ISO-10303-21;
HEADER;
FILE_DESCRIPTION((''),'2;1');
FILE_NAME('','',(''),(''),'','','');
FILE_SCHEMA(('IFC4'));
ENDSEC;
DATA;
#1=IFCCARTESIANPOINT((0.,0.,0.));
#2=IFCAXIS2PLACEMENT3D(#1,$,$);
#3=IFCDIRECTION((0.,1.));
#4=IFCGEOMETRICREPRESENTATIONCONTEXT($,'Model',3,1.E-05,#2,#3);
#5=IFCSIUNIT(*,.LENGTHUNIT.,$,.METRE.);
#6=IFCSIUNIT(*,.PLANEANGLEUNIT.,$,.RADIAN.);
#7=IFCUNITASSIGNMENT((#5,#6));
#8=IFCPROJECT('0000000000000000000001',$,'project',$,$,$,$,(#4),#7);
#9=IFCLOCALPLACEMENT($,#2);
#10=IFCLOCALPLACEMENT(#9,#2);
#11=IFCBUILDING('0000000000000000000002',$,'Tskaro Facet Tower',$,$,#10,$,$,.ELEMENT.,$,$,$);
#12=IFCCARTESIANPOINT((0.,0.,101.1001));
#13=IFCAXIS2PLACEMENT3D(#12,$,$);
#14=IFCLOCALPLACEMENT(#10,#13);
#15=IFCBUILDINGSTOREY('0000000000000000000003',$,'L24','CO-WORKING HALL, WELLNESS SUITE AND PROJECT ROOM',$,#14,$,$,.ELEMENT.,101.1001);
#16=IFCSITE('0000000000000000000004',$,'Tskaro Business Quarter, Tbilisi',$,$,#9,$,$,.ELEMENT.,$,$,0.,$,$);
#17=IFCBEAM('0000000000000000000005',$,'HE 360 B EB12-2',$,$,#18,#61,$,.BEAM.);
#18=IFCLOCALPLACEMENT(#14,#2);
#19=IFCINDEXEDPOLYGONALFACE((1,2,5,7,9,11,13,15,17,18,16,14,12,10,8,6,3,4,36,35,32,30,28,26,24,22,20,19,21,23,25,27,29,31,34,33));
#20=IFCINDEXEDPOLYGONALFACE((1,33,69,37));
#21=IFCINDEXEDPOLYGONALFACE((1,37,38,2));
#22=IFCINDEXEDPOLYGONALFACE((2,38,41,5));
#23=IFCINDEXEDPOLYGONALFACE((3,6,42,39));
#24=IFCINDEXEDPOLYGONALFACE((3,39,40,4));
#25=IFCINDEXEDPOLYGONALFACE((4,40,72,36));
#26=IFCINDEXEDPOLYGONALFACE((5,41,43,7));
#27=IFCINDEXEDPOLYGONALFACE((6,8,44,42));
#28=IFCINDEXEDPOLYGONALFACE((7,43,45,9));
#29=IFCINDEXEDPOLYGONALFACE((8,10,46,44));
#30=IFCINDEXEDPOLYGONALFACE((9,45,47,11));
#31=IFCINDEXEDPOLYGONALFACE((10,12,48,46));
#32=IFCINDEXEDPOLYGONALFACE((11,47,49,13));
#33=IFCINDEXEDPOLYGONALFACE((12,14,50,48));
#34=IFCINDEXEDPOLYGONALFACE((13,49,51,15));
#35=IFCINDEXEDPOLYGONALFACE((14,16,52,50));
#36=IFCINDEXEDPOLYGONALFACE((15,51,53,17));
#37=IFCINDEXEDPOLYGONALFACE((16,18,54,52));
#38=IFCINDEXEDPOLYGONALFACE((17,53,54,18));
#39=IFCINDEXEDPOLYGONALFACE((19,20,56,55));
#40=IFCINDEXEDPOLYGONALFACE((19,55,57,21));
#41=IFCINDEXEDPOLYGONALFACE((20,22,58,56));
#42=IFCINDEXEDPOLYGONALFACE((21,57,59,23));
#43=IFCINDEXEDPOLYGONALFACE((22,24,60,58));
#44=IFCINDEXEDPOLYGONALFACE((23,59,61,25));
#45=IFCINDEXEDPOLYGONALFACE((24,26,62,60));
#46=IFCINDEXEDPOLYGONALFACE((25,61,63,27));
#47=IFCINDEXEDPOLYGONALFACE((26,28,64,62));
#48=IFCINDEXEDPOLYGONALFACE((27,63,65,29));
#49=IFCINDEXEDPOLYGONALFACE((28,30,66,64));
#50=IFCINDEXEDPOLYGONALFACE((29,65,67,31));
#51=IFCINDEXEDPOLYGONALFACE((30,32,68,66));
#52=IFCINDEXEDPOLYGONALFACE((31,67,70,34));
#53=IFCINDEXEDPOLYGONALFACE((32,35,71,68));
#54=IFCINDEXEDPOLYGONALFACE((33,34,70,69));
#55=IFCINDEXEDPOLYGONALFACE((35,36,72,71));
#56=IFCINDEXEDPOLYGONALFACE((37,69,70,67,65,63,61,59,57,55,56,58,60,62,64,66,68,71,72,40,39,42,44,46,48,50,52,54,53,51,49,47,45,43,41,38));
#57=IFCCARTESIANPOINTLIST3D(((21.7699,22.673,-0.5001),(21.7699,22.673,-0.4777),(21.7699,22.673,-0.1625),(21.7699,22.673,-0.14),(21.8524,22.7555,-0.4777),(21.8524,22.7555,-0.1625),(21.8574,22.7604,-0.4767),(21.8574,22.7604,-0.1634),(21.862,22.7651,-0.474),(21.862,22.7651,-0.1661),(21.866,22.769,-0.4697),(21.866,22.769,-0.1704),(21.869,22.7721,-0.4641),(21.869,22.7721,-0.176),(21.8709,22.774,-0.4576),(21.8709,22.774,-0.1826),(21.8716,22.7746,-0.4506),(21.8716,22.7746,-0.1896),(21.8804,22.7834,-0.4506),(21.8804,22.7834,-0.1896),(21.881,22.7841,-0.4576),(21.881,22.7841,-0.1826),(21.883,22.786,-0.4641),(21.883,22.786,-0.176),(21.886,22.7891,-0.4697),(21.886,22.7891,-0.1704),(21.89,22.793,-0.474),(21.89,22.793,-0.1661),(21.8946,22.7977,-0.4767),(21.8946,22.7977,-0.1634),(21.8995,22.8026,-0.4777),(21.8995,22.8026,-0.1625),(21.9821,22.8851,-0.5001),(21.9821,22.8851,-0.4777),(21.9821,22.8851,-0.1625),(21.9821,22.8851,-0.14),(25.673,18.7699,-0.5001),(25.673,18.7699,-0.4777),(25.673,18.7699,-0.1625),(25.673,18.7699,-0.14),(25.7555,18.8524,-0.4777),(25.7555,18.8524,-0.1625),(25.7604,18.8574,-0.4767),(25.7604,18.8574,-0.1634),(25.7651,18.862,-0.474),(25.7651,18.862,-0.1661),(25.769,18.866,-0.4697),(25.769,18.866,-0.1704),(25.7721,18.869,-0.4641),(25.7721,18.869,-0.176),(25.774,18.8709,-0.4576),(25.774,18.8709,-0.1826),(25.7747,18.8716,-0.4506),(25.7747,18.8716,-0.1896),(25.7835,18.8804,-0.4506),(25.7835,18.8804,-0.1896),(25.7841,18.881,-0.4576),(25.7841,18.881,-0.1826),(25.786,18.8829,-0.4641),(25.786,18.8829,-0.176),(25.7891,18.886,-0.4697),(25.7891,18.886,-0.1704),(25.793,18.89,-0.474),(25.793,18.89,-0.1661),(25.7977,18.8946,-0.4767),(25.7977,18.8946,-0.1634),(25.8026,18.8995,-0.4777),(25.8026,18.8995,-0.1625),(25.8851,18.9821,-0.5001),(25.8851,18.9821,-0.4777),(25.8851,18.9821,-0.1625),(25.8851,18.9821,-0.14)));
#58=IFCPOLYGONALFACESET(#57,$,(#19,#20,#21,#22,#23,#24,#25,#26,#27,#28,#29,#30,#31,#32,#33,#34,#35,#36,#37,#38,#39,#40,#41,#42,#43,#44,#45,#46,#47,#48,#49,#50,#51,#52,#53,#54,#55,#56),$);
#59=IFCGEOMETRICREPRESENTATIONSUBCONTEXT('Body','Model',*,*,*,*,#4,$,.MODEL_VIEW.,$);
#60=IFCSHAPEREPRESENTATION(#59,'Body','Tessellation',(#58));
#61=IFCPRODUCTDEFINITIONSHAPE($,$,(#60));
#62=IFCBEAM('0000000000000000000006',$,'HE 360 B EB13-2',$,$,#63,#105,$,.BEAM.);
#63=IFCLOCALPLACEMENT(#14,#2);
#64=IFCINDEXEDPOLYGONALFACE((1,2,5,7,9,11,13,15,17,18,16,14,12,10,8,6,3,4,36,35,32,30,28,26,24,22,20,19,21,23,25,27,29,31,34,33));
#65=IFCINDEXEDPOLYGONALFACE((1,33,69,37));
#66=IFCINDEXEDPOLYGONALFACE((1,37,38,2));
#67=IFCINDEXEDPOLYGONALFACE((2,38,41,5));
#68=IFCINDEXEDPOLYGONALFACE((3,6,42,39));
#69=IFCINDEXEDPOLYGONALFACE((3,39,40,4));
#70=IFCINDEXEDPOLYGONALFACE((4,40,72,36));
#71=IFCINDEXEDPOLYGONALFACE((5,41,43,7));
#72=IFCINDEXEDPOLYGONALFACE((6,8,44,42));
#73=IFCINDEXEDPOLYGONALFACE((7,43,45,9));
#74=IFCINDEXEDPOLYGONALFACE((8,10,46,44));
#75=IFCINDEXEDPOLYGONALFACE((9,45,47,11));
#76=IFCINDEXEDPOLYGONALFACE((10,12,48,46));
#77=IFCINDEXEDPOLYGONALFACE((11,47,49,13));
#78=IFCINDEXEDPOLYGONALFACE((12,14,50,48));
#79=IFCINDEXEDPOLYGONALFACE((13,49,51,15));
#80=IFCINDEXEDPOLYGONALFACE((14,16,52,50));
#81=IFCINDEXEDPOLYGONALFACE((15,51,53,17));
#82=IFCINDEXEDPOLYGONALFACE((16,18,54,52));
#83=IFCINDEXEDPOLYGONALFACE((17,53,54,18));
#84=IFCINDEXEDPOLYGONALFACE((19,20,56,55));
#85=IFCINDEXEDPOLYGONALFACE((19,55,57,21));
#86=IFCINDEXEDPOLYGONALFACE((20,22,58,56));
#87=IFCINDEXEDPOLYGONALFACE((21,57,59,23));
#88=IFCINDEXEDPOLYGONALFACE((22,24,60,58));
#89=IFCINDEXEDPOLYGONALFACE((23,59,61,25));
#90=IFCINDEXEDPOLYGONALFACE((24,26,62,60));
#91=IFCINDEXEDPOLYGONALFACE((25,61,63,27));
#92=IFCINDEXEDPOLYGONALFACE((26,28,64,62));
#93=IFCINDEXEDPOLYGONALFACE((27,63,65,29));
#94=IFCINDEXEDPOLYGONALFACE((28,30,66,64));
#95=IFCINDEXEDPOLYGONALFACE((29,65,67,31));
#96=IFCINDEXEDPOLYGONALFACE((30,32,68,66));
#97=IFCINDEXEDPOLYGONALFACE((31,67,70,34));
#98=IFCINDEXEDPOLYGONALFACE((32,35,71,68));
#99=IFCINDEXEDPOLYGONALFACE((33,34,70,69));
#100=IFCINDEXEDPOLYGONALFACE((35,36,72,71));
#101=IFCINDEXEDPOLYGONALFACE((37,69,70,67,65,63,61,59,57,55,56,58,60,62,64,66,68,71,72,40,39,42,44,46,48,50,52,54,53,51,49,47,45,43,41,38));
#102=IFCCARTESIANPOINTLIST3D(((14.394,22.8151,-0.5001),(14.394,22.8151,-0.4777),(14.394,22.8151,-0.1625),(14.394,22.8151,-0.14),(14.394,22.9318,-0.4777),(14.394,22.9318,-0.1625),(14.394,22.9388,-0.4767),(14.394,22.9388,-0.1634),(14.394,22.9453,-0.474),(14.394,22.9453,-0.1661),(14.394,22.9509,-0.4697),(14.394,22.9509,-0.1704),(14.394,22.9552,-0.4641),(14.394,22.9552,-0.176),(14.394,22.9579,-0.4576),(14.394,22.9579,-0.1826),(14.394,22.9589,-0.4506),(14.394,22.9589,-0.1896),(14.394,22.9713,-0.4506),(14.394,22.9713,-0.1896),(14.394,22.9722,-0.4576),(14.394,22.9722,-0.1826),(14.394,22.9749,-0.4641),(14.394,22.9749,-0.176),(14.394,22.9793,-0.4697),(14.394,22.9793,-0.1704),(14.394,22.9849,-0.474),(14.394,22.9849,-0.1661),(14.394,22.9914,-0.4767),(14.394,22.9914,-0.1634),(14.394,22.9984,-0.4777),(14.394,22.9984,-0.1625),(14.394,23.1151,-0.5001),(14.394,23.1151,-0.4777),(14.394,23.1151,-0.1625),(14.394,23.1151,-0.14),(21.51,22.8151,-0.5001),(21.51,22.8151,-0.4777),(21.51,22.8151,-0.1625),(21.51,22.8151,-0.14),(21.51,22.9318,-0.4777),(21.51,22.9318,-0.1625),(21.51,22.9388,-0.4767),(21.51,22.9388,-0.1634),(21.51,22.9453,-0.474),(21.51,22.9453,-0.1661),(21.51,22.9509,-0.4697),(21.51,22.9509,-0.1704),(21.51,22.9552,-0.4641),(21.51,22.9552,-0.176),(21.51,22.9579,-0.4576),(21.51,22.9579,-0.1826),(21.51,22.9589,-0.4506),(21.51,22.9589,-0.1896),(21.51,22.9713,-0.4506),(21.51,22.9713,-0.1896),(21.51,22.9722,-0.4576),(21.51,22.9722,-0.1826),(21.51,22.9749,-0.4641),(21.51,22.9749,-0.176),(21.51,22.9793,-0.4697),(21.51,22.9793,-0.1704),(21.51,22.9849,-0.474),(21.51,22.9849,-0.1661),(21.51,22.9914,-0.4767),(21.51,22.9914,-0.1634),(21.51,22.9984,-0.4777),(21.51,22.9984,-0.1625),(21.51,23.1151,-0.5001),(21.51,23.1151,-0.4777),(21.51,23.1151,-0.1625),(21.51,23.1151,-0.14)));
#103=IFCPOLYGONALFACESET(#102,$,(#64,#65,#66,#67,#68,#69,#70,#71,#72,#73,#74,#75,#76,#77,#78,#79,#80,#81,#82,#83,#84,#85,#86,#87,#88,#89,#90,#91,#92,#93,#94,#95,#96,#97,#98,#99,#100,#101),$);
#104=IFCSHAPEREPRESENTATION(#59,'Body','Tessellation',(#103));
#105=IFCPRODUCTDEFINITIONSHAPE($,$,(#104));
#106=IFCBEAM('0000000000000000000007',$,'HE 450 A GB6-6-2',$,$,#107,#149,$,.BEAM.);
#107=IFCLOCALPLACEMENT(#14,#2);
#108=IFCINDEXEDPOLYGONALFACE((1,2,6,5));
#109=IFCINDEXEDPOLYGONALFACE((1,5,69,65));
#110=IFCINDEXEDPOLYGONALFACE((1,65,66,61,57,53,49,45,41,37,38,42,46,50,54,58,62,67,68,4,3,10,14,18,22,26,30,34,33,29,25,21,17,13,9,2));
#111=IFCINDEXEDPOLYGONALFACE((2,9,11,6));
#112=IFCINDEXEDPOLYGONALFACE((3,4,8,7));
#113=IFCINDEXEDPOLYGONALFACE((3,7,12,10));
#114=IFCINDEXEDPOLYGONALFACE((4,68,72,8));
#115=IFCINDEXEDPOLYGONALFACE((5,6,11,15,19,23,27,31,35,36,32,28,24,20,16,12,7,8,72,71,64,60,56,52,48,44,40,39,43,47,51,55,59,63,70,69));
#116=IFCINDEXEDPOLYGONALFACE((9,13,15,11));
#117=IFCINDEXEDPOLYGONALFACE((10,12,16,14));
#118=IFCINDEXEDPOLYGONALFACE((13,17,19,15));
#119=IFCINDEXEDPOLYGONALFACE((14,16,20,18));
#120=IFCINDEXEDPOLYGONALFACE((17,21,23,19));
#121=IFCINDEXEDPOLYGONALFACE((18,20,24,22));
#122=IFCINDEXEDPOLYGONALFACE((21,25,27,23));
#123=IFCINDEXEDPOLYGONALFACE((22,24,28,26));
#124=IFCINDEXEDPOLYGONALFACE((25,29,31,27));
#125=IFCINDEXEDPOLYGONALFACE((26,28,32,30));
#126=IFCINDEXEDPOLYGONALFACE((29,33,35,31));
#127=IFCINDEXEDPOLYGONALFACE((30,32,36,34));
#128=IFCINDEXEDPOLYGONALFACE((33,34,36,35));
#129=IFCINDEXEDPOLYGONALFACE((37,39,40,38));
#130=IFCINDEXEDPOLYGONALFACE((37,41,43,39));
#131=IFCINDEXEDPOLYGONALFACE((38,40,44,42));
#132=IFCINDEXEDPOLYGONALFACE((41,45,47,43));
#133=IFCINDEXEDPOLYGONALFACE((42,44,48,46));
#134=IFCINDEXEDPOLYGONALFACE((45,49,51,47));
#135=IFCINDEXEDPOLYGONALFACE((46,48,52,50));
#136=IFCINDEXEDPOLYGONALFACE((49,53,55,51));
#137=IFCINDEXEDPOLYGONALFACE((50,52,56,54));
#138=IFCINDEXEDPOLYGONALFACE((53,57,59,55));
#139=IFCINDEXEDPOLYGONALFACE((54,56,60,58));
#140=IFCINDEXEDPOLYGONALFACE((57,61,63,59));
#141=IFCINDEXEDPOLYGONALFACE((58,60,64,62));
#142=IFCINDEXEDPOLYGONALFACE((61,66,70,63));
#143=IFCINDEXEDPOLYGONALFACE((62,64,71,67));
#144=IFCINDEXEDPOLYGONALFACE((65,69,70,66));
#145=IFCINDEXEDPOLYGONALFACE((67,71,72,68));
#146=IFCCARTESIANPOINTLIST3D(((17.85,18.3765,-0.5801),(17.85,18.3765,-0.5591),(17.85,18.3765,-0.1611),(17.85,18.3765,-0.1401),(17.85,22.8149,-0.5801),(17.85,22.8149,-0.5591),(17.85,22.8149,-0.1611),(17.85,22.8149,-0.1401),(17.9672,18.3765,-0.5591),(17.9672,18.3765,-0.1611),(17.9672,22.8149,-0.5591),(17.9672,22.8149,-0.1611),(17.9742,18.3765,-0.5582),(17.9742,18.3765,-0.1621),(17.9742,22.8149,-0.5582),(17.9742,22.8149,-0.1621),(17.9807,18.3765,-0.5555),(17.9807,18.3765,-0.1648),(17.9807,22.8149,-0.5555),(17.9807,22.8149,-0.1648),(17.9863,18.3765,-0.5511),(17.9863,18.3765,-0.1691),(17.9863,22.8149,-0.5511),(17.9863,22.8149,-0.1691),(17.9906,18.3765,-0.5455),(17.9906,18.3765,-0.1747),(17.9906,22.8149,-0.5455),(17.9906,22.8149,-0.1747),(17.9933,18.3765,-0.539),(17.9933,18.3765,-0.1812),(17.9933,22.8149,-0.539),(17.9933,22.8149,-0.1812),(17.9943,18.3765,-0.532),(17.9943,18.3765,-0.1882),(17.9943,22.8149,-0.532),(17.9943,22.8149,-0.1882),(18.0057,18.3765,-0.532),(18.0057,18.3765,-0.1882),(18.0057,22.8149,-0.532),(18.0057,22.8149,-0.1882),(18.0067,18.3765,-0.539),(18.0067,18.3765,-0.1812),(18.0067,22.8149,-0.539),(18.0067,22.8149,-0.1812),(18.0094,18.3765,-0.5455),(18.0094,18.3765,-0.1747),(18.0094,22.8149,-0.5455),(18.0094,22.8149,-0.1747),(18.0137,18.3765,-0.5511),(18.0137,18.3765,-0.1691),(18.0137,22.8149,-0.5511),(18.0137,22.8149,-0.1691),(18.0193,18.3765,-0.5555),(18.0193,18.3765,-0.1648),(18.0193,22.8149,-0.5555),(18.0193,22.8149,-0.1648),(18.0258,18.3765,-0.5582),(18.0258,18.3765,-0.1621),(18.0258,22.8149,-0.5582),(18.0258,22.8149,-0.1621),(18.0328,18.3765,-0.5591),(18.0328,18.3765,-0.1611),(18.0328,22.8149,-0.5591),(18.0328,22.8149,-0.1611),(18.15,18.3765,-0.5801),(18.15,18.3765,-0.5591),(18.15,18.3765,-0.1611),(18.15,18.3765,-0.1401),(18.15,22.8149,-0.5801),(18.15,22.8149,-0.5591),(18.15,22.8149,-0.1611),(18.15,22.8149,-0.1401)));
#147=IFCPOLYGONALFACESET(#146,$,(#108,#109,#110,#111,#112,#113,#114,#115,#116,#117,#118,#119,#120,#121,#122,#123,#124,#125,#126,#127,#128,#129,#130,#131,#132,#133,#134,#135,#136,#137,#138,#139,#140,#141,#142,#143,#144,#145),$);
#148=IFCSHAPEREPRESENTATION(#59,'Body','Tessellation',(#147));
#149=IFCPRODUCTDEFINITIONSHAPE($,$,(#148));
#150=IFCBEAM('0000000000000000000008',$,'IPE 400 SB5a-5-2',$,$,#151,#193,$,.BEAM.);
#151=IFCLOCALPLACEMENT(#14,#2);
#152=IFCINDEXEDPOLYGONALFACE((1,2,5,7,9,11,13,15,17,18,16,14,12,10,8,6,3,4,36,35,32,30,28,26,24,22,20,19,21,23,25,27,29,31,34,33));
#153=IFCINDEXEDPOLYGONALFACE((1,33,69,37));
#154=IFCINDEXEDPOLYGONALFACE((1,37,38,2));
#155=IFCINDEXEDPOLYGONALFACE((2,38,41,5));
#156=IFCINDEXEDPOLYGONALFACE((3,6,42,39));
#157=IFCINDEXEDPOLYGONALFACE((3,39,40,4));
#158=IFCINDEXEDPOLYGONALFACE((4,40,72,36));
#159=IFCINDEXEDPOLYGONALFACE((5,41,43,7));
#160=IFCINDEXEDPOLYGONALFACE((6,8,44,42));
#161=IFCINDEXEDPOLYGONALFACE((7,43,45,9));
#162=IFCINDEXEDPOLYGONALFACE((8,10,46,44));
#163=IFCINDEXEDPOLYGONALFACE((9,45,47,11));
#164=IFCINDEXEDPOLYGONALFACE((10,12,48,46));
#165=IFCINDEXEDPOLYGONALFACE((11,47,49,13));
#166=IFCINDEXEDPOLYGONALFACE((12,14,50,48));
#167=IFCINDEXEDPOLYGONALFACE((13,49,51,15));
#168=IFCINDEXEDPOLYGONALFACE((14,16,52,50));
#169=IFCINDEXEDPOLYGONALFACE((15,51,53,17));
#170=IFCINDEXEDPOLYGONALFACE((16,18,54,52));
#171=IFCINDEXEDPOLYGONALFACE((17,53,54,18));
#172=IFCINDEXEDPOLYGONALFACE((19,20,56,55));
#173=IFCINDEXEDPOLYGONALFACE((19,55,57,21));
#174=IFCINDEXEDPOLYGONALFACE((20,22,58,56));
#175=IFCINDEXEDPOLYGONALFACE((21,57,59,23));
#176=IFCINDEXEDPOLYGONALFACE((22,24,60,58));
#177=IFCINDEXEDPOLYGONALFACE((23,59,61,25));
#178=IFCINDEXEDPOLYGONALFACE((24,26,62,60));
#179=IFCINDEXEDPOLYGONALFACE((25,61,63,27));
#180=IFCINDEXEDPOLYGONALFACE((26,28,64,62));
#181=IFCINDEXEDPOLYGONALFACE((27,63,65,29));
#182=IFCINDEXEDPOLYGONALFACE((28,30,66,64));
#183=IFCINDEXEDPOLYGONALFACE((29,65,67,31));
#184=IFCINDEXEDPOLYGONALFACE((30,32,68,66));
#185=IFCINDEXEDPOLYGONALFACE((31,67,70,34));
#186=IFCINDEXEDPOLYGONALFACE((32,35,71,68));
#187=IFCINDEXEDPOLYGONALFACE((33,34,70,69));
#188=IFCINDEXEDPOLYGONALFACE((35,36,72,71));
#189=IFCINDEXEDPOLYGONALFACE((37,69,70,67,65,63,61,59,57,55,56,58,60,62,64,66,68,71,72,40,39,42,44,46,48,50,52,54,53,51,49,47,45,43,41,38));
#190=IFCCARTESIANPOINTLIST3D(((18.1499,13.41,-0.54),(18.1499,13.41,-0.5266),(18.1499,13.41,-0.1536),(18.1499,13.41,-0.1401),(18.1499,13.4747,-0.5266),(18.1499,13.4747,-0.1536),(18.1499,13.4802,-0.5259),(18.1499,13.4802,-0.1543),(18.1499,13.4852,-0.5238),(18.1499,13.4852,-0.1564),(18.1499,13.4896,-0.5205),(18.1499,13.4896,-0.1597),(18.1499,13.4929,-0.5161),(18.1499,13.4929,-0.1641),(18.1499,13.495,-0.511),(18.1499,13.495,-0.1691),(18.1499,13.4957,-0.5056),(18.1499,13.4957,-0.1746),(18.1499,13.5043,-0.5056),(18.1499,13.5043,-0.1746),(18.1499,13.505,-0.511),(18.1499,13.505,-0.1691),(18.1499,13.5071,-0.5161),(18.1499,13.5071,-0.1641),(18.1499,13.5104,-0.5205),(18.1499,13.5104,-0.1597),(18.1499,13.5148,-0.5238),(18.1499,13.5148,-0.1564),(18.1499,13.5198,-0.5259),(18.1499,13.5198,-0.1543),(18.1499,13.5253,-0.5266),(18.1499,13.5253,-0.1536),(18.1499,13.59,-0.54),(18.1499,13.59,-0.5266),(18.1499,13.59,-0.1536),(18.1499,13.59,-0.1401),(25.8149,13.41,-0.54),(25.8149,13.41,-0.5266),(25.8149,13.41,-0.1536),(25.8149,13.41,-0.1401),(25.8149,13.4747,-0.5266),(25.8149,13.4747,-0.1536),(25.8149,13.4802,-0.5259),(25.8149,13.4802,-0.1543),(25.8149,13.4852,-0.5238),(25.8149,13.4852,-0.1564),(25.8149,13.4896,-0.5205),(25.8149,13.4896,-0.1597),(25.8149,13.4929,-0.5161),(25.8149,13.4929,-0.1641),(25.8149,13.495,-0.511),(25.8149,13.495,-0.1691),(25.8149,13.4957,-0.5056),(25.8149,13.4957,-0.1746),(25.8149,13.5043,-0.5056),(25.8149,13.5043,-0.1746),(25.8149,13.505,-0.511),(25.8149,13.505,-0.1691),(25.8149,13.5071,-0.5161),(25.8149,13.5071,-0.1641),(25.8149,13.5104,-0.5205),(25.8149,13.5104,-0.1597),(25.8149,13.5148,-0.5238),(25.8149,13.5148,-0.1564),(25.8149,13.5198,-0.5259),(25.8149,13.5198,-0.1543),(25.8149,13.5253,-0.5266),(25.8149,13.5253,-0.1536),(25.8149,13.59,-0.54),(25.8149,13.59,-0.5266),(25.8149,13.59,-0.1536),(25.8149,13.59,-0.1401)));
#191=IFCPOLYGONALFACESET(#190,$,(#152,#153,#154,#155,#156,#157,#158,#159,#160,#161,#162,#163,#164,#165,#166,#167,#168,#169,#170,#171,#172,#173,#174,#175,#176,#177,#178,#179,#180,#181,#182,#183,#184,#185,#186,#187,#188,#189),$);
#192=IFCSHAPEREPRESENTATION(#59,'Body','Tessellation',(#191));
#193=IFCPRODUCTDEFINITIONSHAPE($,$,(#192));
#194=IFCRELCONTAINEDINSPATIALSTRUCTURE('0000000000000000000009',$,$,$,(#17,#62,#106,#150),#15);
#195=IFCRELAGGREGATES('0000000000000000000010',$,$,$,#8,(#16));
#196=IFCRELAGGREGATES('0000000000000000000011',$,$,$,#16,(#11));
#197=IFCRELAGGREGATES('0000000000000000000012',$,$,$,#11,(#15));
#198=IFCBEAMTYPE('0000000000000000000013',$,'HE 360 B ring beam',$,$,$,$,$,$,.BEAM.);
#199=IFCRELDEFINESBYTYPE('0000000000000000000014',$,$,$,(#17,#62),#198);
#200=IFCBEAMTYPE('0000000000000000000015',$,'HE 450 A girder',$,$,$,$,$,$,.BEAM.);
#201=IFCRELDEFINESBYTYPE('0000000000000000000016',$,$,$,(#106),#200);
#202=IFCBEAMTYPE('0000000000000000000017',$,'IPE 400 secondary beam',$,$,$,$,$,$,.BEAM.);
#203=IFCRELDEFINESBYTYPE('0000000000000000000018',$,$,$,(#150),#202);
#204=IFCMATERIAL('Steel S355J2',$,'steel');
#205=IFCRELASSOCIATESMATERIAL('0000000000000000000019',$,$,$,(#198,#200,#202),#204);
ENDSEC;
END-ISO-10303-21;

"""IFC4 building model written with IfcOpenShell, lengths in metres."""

from ifc_helpers import new_model, si_unit, direction, frame, origin, origin_2d, place, context, subcontext, project, spatial, i_section, extrude, material, material_profile, profile_set, type_object, element, save


model = new_model("IFC4")

# Units and contexts
model_context = context("Model", 3, precision=1e-05, world=origin(), true_north=direction((0.0, 1.0)))
body_context = subcontext(model_context, "Body", "Model", "MODEL_VIEW")
ifc_project = project(units=[si_unit("LENGTHUNIT", "METRE"), si_unit("PLANEANGLEUNIT", "RADIAN")], contexts=[model_context])

# Site, building, storey
site_placement = place(None, origin())
site = spatial("IfcSite", under=ifc_project, at=site_placement, Name="Tskaro Business Quarter, Tbilisi", CompositionType="ELEMENT", RefElevation=0.0)
building_placement = place(site_placement, origin())
building = spatial("IfcBuilding", under=site, at=building_placement, Name="Tskaro Facet Tower", CompositionType="ELEMENT")
storey_placement = place(building_placement, frame((0.0, 0.0, 101.1001)))
storey = spatial("IfcBuildingStorey", under=building, at=storey_placement, Name="L24", Description="CO-WORKING HALL, WELLNESS SUITE AND PROJECT ROOM", CompositionType="ELEMENT", Elevation=101.1001)

# Beams
ifc_material_1 = material(Name="Steel S355J2", Category="steel")
ifc_material_profile_1 = material_profile(ifc_material_1, i_section(OverallWidth=0.3, OverallDepth=0.3601, WebThickness=0.0125, FlangeThickness=0.0225, FilletRadius=0.0271, at=origin_2d()), Name="HE 360 B")
ifc_profile_set_1 = profile_set([ifc_material_profile_1], Name="Steel S355J2")
beam_type_1 = type_object("IfcBeamType", Name="HE 360 B ring beam", PredefinedType="BEAM", material=ifc_profile_set_1)
beam_1_placement = place(storey_placement, frame((25.7791, 18.876, -0.3201), z_axis=(-0.707107, 0.707107, 0.0), x_axis=(-0.707107, -0.707107, 0.0)))
element("IfcBeam", 1, at=beam_1_placement, inside=storey, type_object=beam_type_1, Name="HE 360 B EB12-2", PredefinedType="BEAM", context=body_context, shape_type="SweptSolid", body=[
    extrude(i_section(OverallWidth=0.3, OverallDepth=0.3601, WebThickness=0.0125, FlangeThickness=0.0225, FilletRadius=0.0271, at=origin_2d()), origin(), (0.0, 0.0, 1.0), 5.5198),
])
beam_2_placement = place(storey_placement, frame((21.51, 22.9651, -0.3201), z_axis=(-1.0, 0.0, 0.0), x_axis=(0.0, -1.0, 0.0)))
element("IfcBeam", 2, at=beam_2_placement, inside=storey, type_object=beam_type_1, Name="HE 360 B EB13-2", PredefinedType="BEAM", context=body_context, shape_type="SweptSolid", body=[
    extrude(i_section(OverallWidth=0.3, OverallDepth=0.3601, WebThickness=0.0125, FlangeThickness=0.0225, FilletRadius=0.0271, at=origin_2d()), origin(), (0.0, 0.0, 1.0), 7.116),
])
ifc_material_profile_2 = material_profile(ifc_material_1, i_section(OverallWidth=0.3, OverallDepth=0.4399, WebThickness=0.0115, FlangeThickness=0.021, FilletRadius=0.0271, at=origin_2d()), Name="HE 450 A")
ifc_profile_set_2 = profile_set([ifc_material_profile_2], Name="Steel S355J2")
beam_type_2 = type_object("IfcBeamType", Name="HE 450 A girder", PredefinedType="BEAM", material=ifc_profile_set_2)
beam_3_placement = place(storey_placement, frame((18.0, 18.3765, -0.3601), z_axis=(0.0, 1.0, 0.0), x_axis=(-1.0, 0.0, 0.0)))
element("IfcBeam", 3, at=beam_3_placement, inside=storey, type_object=beam_type_2, Name="HE 450 A GB6-6-2", PredefinedType="BEAM", context=body_context, shape_type="SweptSolid", body=[
    extrude(i_section(OverallWidth=0.3, OverallDepth=0.4399, WebThickness=0.0115, FlangeThickness=0.021, FilletRadius=0.0271, at=origin_2d()), origin(), (0.0, 0.0, 1.0), 4.4385),
])
ifc_material_profile_3 = material_profile(ifc_material_1, i_section(OverallWidth=0.1799, OverallDepth=0.3999, WebThickness=0.0085, FlangeThickness=0.0134, FilletRadius=0.021, at=origin_2d()), Name="IPE 400")
ifc_profile_set_3 = profile_set([ifc_material_profile_3], Name="Steel S355J2")
beam_type_3 = type_object("IfcBeamType", Name="IPE 400 secondary beam", PredefinedType="BEAM", material=ifc_profile_set_3)
beam_4_placement = place(storey_placement, frame((18.1499, 13.5, -0.3401), z_axis=(1.0, 0.0, 0.0), x_axis=(0.0, 1.0, 0.0)))
element("IfcBeam", 4, at=beam_4_placement, inside=storey, type_object=beam_type_3, Name="IPE 400 SB5a-5-2", PredefinedType="BEAM", context=body_context, shape_type="SweptSolid", body=[
    extrude(i_section(OverallWidth=0.1799, OverallDepth=0.3999, WebThickness=0.0085, FlangeThickness=0.0134, FilletRadius=0.021, at=origin_2d()), origin(), (0.0, 0.0, 1.0), 7.665),
])

save(model, "model.ifc")
